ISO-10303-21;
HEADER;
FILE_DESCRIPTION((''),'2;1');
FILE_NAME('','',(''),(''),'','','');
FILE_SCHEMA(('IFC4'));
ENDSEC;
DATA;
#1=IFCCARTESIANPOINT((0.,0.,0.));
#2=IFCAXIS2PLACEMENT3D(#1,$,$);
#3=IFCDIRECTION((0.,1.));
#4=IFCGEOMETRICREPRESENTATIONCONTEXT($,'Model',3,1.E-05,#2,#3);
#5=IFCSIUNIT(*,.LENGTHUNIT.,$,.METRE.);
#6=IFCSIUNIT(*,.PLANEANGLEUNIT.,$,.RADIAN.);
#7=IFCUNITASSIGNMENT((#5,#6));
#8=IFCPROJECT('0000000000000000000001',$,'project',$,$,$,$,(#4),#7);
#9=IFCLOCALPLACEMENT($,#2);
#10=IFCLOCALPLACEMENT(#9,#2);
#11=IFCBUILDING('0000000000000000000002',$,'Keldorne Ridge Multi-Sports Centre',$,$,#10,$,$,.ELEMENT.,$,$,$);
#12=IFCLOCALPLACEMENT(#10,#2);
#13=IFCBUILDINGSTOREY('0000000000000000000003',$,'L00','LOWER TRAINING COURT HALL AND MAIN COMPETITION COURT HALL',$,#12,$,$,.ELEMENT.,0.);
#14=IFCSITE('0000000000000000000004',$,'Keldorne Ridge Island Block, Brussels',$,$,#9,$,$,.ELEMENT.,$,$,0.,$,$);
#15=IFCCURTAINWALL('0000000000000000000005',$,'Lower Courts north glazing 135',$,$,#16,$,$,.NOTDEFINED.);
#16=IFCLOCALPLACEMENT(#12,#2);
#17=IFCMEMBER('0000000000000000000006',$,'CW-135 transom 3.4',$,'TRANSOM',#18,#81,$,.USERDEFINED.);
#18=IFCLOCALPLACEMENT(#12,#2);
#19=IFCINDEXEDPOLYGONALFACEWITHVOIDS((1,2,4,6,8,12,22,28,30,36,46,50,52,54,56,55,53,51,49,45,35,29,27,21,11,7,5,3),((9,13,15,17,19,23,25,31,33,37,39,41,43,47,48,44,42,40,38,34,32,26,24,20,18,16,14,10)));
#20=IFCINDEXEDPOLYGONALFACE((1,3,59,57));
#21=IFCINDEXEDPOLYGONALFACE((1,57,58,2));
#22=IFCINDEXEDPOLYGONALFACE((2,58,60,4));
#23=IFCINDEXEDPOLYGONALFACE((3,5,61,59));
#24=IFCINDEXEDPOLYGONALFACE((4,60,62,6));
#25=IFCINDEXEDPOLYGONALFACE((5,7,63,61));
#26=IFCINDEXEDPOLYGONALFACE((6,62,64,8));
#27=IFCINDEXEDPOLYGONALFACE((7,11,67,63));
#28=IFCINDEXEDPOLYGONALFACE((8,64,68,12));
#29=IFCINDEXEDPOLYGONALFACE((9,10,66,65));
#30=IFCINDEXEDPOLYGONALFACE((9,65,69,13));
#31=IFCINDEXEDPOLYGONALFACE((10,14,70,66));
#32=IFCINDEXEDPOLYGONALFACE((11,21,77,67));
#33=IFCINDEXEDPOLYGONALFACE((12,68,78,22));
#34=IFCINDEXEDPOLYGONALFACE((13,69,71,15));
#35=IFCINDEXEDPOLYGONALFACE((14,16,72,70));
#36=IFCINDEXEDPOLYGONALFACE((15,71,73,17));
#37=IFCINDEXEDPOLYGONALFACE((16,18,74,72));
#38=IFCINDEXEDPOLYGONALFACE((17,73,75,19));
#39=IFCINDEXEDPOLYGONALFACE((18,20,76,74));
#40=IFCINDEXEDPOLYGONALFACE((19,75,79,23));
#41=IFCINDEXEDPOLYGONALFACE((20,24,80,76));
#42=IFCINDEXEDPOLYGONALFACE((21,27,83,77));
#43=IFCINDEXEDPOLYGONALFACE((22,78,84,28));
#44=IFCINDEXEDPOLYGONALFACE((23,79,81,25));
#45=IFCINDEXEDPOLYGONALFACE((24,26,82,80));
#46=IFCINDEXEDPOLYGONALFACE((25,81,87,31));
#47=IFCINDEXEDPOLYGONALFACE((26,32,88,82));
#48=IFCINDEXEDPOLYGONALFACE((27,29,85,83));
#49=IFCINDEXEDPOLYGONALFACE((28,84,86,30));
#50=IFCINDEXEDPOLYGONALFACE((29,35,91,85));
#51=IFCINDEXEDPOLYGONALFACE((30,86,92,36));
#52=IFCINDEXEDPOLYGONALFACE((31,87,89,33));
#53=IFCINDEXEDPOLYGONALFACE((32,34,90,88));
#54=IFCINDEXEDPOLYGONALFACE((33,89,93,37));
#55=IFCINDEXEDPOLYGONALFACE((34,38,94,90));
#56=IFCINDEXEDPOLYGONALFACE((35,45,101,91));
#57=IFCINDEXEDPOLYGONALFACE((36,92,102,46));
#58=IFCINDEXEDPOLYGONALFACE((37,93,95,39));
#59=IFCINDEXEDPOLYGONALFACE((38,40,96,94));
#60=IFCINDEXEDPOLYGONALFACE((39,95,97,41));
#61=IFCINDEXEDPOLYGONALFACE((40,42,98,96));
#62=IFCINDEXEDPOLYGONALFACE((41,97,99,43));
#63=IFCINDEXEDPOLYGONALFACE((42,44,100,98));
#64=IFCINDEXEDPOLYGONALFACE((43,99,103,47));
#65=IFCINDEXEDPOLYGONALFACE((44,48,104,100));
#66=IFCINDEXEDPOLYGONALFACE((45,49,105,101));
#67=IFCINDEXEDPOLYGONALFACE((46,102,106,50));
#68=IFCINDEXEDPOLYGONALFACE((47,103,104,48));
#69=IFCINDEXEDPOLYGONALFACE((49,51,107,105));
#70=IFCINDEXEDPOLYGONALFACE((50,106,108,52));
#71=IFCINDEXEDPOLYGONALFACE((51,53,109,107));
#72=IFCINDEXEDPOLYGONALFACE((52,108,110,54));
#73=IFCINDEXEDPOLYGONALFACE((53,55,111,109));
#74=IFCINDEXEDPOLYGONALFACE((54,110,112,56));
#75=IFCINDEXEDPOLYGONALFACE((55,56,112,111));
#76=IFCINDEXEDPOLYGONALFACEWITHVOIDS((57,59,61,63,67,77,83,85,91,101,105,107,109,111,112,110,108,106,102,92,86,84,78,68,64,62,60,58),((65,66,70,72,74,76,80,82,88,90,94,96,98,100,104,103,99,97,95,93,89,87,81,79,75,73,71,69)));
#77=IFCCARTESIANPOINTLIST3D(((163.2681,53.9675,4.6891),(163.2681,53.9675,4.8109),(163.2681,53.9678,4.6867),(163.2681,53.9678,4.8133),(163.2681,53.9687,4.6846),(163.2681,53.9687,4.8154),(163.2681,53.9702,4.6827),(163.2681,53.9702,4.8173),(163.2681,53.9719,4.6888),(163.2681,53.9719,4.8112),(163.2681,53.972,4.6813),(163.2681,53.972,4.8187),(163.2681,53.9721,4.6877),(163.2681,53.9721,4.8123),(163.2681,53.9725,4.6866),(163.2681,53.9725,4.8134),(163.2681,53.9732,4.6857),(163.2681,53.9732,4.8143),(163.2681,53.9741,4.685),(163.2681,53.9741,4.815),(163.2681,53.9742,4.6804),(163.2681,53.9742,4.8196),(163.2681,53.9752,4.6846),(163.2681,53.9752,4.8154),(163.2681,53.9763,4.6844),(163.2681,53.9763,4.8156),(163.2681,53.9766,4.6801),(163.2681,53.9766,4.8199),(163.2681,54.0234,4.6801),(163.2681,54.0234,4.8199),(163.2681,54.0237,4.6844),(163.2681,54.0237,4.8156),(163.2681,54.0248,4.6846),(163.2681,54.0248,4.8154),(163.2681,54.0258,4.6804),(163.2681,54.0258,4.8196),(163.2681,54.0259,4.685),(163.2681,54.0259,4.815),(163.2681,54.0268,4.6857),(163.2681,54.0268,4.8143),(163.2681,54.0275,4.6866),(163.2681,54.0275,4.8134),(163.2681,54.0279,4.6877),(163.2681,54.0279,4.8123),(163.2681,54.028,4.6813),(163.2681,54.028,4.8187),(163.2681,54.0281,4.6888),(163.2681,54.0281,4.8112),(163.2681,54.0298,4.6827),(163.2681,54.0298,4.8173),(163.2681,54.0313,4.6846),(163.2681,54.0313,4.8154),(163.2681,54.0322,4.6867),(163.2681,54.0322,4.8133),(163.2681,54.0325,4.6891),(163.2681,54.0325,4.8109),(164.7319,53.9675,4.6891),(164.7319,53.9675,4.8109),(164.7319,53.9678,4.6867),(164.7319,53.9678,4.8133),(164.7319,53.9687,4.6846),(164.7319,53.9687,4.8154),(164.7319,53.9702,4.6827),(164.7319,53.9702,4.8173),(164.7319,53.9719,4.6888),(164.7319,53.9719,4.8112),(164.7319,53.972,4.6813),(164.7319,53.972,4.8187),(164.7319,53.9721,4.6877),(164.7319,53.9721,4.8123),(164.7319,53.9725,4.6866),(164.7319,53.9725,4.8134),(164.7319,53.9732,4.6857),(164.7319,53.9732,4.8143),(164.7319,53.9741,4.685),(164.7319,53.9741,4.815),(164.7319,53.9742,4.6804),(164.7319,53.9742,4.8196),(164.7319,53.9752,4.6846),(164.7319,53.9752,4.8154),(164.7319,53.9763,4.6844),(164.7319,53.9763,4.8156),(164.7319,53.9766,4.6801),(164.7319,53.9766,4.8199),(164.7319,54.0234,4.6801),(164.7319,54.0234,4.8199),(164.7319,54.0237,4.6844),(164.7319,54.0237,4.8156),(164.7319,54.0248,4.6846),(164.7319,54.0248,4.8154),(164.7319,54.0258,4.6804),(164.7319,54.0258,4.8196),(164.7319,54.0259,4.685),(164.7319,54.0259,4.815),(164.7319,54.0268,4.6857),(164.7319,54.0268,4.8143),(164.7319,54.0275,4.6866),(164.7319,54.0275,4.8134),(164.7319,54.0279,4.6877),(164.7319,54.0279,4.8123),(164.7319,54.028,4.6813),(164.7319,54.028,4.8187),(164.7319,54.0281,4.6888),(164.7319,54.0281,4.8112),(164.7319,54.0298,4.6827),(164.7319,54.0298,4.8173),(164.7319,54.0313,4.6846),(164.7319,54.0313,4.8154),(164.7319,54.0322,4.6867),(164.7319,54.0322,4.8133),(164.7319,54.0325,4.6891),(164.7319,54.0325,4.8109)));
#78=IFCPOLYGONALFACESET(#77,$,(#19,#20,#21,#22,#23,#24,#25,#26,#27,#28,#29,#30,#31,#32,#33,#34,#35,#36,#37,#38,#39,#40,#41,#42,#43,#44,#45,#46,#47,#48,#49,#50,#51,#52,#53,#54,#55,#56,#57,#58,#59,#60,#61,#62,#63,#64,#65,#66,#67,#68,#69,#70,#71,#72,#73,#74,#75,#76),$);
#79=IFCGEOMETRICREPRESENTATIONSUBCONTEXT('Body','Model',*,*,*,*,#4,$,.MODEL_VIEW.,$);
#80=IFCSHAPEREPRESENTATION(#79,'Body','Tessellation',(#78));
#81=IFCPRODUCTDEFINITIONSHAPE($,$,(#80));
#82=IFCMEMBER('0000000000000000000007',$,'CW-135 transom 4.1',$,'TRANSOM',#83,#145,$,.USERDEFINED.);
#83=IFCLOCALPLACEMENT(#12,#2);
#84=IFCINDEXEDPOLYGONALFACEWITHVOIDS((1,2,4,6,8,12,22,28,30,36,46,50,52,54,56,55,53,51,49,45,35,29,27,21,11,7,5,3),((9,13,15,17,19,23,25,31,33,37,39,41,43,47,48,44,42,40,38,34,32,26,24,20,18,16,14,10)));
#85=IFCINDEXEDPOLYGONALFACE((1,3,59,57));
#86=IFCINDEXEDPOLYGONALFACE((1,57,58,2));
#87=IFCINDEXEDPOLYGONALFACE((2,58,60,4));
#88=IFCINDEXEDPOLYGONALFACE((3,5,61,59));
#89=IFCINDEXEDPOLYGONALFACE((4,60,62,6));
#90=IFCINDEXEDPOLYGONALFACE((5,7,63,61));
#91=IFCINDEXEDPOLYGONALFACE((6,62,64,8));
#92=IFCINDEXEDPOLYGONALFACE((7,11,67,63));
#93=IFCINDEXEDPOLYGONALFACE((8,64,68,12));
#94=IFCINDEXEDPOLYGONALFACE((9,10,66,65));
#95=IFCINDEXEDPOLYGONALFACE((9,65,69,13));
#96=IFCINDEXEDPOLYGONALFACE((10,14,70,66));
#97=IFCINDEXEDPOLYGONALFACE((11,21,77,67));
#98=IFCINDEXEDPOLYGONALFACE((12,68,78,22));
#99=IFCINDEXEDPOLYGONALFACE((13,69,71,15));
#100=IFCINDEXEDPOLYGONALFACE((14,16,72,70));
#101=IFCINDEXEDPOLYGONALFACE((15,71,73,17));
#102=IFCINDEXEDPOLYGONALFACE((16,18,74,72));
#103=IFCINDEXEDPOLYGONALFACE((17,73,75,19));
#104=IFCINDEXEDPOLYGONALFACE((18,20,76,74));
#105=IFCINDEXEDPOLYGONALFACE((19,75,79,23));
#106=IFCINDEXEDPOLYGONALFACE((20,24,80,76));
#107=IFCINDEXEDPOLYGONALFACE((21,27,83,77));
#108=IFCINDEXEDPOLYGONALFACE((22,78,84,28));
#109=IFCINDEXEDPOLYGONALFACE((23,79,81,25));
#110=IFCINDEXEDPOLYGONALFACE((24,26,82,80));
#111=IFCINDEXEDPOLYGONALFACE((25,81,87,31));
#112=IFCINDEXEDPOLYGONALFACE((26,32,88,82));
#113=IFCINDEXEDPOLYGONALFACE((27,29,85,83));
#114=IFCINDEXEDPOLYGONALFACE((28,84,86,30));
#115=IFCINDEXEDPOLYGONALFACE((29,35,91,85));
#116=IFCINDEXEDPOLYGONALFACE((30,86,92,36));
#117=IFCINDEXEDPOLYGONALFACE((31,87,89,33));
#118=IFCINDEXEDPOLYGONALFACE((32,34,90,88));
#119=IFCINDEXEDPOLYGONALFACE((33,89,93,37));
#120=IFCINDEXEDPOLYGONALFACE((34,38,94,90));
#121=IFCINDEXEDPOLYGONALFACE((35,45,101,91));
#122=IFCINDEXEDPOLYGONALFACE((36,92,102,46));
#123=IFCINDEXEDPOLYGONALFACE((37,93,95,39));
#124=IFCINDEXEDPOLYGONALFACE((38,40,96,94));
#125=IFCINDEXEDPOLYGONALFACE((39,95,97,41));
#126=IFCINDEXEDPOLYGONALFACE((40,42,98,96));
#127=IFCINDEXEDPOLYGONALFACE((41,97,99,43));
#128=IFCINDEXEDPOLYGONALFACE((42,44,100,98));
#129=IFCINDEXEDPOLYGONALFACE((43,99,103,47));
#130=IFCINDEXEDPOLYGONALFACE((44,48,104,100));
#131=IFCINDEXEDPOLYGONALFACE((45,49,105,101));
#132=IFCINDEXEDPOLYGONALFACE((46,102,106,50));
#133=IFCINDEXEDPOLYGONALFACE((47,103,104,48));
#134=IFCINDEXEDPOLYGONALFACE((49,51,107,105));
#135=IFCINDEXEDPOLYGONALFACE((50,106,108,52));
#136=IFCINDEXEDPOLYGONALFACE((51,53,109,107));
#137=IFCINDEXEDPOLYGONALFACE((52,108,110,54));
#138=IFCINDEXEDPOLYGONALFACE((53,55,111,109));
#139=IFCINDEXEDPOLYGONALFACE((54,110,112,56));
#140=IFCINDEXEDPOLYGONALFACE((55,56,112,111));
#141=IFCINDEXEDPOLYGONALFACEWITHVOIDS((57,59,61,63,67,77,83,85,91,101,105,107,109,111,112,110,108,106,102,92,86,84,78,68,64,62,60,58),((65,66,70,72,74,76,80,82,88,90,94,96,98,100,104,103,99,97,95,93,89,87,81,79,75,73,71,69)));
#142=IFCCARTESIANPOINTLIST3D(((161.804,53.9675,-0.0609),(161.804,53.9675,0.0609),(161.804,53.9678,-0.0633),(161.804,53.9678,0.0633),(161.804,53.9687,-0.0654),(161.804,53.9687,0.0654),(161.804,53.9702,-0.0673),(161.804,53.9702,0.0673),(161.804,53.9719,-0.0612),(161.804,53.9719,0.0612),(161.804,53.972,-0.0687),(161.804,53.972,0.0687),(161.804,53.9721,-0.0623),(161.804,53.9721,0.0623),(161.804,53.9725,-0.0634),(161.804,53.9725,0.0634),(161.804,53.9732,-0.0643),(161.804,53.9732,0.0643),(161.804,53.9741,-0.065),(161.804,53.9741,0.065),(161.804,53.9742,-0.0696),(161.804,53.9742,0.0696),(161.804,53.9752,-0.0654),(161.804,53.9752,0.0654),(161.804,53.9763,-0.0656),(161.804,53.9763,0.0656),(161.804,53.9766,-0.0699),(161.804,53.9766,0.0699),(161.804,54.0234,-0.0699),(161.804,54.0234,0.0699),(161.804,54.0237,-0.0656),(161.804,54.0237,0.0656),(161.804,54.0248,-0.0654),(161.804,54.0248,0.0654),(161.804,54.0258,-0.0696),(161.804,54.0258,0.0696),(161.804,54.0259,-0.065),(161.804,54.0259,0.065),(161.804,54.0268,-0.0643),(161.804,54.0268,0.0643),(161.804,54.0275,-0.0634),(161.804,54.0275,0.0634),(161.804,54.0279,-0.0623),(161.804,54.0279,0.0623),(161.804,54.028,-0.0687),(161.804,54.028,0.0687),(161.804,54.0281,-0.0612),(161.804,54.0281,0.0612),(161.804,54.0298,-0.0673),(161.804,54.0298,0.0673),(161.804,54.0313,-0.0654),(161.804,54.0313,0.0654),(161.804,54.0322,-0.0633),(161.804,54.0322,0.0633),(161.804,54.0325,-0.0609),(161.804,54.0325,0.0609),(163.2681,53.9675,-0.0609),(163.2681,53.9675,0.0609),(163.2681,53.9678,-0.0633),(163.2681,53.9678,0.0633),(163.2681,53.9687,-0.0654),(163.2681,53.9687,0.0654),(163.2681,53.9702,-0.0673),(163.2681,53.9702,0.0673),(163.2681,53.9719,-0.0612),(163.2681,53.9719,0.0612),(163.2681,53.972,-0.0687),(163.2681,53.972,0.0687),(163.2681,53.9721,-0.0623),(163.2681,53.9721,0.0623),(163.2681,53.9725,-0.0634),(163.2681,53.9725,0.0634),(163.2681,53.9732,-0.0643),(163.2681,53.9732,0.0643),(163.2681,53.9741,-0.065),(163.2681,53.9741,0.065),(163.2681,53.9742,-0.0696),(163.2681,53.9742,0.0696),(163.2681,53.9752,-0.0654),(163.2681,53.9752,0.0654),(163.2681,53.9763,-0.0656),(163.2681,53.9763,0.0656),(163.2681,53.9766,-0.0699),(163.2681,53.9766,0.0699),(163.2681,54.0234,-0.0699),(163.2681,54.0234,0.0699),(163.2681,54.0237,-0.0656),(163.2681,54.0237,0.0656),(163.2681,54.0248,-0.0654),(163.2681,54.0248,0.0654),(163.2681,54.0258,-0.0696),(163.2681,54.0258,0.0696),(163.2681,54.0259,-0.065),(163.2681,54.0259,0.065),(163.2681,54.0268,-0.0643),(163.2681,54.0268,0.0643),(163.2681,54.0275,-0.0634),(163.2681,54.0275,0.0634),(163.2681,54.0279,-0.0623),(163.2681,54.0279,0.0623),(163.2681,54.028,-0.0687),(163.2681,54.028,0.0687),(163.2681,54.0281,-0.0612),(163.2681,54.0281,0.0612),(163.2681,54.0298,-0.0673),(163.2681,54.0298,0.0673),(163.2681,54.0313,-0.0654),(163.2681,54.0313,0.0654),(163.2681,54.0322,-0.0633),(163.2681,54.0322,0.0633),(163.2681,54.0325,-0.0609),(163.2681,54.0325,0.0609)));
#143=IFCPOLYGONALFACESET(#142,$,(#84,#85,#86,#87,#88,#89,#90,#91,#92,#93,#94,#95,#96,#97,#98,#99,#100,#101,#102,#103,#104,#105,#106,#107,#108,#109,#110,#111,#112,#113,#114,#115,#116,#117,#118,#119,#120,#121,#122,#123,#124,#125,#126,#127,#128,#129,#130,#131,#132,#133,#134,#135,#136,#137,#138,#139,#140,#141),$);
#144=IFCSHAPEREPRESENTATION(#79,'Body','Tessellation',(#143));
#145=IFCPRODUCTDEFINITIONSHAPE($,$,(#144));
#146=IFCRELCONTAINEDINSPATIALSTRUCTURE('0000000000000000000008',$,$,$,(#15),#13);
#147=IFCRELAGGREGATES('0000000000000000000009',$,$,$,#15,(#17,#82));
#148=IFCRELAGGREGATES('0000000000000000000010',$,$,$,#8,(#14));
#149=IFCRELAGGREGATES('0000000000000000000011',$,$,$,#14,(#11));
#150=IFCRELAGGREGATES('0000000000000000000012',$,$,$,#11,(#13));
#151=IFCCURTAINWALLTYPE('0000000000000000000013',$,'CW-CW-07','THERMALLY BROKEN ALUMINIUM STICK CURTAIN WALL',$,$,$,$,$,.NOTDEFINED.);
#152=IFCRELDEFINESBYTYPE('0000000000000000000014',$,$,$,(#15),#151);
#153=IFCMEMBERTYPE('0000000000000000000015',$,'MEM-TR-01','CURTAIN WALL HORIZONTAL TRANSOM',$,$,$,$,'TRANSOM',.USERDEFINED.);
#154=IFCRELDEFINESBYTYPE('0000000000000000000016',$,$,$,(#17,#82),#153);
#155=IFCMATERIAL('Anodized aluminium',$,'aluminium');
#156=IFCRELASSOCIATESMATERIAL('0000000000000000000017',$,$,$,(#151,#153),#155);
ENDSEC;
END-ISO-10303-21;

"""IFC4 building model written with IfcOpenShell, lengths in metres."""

from ifc_helpers import new_model, si_unit, direction, frame, origin, origin_2d, place, context, subcontext, project, spatial, hollow_rectangle, extrude, material, material_profile, profile_set, type_object, element, aggregate, save


model = new_model("IFC4")

# Units and contexts
model_context = context("Model", 3, precision=1e-05, world=origin(), true_north=direction((0.0, 1.0)))
body_context = subcontext(model_context, "Body", "Model", "MODEL_VIEW")
ifc_project = project(units=[si_unit("LENGTHUNIT", "METRE"), si_unit("PLANEANGLEUNIT", "RADIAN")], contexts=[model_context])

# Site, building, storey
site_placement = place(None, origin())
site = spatial("IfcSite", under=ifc_project, at=site_placement, Name="Keldorne Ridge Island Block, Brussels", CompositionType="ELEMENT", RefElevation=0.0)
building_placement = place(site_placement, origin())
building = spatial("IfcBuilding", under=site, at=building_placement, Name="Keldorne Ridge Multi-Sports Centre", CompositionType="ELEMENT")
storey_placement = place(building_placement, origin())
storey = spatial("IfcBuildingStorey", under=building, at=storey_placement, Name="L00", Description="LOWER TRAINING COURT HALL AND MAIN COMPETITION COURT HALL", CompositionType="ELEMENT", Elevation=0.0)

# Curtain wall, members
ifc_material_1 = material(Name="Anodized aluminium", Category="aluminium")
curtain_wall_type = type_object("IfcCurtainWallType", Name="CW-CW-07", Description="THERMALLY BROKEN ALUMINIUM STICK CURTAIN WALL", PredefinedType="NOTDEFINED", material=ifc_material_1)
curtain_wall_placement = place(storey_placement, origin())
curtain_wall = element("IfcCurtainWall", 1, at=curtain_wall_placement, inside=storey, type_object=curtain_wall_type, Name="Lower Courts north glazing 135", PredefinedType="NOTDEFINED")
ifc_material_profile_1 = material_profile(ifc_material_1, hollow_rectangle(XDim=0.0649, YDim=0.1399, WallThickness=0.0044, InnerFilletRadius=0.0044, OuterFilletRadius=0.009, at=origin_2d()), Name="ALU TRANSOM 140x65x4.5")
ifc_profile_set_1 = profile_set([ifc_material_profile_1], Name="Anodized aluminium")
member_type_1 = type_object("IfcMemberType", Name="MEM-TR-01", Description="CURTAIN WALL HORIZONTAL TRANSOM", ElementType="TRANSOM", PredefinedType="USERDEFINED", material=ifc_profile_set_1)
member_1_placement = place(storey_placement, frame((164.7319, 54.0, 4.75), z_axis=(-1.0, 0.0, 0.0), x_axis=(0.0, -1.0, 0.0)))
member_1 = element("IfcMember", 2, at=member_1_placement, type_object=member_type_1, Name="CW-135 transom 3.4", ObjectType="TRANSOM", PredefinedType="USERDEFINED", context=body_context, shape_type="SweptSolid", body=[
    extrude(hollow_rectangle(XDim=0.0649, YDim=0.1399, WallThickness=0.0044, InnerFilletRadius=0.0044, OuterFilletRadius=0.009, at=origin_2d()), origin(), (0.0, 0.0, 1.0), 1.4639),
])
member_2_placement = place(storey_placement, frame((163.2681, 54.0, 0.0), z_axis=(-1.0, 0.0, 0.0), x_axis=(0.0, -1.0, 0.0)))
member_2 = element("IfcMember", 3, at=member_2_placement, type_object=member_type_1, Name="CW-135 transom 4.1", ObjectType="TRANSOM", PredefinedType="USERDEFINED", context=body_context, shape_type="SweptSolid", body=[
    extrude(hollow_rectangle(XDim=0.0649, YDim=0.1399, WallThickness=0.0044, InnerFilletRadius=0.0044, OuterFilletRadius=0.009, at=origin_2d()), origin(), (0.0, 0.0, 1.0), 1.4641),
])
aggregate(curtain_wall, [member_1, member_2])

save(model, "model.ifc")
